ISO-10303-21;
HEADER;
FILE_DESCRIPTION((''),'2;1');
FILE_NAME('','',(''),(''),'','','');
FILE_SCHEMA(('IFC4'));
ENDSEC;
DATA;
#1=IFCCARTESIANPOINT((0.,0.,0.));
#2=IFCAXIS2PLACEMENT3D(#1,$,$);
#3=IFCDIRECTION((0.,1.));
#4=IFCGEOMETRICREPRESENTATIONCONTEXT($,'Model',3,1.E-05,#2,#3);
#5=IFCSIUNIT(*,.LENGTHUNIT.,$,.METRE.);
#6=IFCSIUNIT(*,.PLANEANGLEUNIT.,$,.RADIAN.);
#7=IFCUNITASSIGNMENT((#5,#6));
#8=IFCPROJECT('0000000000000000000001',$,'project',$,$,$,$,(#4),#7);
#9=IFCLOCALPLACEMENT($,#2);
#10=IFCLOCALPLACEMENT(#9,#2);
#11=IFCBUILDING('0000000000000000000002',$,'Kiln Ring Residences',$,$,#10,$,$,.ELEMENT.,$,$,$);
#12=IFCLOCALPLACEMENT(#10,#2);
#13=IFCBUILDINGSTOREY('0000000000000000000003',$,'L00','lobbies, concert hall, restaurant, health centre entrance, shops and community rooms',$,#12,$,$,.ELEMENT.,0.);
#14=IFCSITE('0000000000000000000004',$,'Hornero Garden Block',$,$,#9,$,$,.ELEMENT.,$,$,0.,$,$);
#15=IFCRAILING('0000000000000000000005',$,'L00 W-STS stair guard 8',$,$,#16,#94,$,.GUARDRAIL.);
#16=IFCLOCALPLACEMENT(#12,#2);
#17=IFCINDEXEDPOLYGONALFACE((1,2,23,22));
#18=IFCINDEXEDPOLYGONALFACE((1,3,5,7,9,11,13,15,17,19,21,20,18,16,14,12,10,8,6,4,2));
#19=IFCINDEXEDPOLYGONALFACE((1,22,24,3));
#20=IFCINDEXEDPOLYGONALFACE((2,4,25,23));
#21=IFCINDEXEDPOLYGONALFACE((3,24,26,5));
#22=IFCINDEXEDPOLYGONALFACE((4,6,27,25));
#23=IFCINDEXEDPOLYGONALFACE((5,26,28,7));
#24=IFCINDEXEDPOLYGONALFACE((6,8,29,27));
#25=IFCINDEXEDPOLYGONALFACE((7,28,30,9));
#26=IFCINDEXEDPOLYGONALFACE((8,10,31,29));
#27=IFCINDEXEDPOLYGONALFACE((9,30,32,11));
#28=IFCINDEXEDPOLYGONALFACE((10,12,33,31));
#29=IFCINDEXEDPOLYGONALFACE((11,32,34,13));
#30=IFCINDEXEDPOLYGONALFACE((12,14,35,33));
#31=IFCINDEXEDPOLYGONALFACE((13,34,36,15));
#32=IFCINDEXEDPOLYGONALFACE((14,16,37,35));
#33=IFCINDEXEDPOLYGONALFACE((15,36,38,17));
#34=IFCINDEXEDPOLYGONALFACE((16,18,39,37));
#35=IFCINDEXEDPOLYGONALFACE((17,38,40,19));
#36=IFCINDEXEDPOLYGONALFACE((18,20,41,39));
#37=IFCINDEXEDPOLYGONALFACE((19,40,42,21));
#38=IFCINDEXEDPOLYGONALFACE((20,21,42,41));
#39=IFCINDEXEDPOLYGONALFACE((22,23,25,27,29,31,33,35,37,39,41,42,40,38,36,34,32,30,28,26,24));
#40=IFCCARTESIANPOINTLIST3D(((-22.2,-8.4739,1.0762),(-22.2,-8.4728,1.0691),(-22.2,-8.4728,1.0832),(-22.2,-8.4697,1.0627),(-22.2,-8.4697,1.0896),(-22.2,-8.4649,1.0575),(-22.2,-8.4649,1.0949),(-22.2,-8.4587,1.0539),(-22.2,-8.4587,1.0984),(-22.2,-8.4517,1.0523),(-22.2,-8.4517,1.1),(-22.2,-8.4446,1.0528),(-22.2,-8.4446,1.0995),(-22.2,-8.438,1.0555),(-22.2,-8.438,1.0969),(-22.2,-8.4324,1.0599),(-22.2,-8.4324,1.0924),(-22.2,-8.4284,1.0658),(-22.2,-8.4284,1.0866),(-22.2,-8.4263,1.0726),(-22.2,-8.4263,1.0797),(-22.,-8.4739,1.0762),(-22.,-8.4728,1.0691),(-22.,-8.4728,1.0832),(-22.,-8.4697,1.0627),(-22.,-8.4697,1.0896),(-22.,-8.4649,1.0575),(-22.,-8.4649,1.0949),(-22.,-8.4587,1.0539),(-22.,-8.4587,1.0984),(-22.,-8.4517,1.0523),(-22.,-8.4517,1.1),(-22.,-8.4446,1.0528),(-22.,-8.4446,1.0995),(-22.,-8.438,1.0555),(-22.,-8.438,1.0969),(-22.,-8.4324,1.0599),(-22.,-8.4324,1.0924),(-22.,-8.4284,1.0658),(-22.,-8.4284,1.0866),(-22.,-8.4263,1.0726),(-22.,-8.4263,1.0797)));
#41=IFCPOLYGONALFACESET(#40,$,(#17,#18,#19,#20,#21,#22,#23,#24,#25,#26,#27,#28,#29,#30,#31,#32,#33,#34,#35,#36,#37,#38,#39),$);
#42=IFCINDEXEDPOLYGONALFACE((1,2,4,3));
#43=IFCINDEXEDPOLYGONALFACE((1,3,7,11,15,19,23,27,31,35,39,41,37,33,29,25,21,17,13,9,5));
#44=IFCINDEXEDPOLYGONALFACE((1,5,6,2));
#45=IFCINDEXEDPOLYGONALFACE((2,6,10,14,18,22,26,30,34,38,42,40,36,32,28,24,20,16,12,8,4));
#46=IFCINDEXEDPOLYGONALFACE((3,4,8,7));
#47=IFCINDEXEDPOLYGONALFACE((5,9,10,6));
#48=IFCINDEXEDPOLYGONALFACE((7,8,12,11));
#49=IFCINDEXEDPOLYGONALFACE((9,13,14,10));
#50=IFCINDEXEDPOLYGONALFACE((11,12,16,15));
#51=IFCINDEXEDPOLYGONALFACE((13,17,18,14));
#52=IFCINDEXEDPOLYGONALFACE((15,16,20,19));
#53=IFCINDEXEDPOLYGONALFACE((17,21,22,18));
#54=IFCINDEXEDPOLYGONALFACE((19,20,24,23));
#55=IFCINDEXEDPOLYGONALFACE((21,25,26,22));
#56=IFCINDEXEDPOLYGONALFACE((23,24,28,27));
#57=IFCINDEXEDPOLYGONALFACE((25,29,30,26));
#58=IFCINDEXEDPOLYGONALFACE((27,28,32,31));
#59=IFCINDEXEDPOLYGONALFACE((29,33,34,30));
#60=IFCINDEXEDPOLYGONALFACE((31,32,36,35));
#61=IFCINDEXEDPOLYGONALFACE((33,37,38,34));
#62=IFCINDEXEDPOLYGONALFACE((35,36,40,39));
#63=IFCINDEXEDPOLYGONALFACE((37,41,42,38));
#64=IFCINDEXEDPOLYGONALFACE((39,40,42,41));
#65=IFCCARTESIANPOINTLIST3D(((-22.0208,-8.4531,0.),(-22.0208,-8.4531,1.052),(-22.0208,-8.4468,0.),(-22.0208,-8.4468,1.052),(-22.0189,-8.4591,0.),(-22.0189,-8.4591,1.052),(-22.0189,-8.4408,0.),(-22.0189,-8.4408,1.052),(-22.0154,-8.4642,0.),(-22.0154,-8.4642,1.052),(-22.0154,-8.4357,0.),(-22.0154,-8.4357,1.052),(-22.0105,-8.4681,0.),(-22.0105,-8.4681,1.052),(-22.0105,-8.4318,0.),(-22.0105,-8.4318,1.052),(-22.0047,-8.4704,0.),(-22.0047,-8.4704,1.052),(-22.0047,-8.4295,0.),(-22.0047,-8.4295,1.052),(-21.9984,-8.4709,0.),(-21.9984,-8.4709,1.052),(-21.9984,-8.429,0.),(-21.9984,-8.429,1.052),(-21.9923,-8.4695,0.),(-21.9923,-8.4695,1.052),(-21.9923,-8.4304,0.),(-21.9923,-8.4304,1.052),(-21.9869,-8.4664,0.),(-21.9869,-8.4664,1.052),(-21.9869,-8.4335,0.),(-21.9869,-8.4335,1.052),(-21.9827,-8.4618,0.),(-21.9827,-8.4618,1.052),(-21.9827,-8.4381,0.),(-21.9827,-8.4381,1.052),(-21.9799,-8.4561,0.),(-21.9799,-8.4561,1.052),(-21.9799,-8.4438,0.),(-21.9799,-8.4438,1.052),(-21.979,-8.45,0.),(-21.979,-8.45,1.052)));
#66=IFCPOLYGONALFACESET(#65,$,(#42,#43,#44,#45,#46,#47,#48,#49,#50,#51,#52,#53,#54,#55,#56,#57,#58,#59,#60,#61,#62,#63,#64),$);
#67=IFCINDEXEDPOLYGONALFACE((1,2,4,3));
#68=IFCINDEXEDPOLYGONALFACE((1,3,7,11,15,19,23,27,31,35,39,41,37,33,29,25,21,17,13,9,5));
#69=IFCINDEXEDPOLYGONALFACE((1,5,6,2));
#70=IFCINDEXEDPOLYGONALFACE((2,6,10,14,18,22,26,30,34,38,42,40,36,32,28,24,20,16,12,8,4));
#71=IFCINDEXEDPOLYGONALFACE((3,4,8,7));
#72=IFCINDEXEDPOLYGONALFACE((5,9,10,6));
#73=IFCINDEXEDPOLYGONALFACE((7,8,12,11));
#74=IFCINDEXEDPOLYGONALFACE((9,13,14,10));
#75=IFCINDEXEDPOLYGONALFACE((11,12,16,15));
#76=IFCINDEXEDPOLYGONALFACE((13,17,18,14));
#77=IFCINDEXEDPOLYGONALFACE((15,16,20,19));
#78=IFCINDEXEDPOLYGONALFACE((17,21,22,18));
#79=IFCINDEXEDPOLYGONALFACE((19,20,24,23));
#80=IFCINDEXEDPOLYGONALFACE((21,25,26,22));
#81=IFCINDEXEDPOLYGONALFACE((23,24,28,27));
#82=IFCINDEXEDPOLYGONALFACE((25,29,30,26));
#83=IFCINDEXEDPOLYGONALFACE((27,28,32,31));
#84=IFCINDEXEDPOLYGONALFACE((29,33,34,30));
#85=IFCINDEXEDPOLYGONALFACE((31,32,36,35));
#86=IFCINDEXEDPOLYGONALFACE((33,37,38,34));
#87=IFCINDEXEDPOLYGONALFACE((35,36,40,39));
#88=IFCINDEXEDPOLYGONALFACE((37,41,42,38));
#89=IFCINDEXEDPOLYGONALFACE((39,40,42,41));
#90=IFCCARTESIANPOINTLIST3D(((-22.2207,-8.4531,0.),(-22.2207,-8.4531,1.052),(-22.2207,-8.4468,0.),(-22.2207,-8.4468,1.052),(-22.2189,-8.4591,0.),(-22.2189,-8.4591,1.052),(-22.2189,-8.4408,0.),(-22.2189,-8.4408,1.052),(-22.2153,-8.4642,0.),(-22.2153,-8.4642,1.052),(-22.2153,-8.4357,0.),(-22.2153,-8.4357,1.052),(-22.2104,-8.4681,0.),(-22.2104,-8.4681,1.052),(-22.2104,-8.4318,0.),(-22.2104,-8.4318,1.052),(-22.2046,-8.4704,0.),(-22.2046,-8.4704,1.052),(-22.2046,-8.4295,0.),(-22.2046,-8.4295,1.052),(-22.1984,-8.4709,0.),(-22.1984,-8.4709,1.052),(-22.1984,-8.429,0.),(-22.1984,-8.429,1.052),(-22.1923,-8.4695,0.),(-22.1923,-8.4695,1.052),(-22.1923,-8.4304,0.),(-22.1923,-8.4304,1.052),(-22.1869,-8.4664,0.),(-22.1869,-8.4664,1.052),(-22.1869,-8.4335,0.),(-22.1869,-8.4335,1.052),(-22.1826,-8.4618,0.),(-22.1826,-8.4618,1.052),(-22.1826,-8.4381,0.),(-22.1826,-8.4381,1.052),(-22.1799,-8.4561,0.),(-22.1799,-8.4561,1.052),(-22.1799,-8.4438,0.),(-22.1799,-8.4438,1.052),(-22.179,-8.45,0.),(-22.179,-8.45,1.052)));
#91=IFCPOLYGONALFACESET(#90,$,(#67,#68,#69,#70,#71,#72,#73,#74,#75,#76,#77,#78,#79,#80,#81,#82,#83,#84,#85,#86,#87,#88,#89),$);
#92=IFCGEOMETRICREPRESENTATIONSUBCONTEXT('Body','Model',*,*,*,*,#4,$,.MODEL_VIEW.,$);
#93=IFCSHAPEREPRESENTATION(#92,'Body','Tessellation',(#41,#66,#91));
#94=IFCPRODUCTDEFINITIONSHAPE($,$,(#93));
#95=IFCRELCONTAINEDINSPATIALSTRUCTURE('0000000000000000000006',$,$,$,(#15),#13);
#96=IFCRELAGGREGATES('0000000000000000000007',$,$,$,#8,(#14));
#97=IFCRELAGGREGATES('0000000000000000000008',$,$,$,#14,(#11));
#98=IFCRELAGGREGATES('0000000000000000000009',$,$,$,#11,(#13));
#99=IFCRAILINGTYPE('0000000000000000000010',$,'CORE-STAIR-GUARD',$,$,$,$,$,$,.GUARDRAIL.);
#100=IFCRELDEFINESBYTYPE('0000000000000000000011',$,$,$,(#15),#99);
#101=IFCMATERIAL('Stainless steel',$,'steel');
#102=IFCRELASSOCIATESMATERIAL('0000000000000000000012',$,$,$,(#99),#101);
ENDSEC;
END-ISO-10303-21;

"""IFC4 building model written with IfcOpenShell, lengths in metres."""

from ifc_helpers import new_model, si_unit, direction, frame, origin, origin_2d, place, context, subcontext, project, spatial, circle, extrude, material, type_object, element, save


model = new_model("IFC4")

# Units and contexts
model_context = context("Model", 3, precision=1e-05, world=origin(), true_north=direction((0.0, 1.0)))
body_context = subcontext(model_context, "Body", "Model", "MODEL_VIEW")
ifc_project = project(units=[si_unit("LENGTHUNIT", "METRE"), si_unit("PLANEANGLEUNIT", "RADIAN")], contexts=[model_context])

# Site, building, storey
site_placement = place(None, origin())
site = spatial("IfcSite", under=ifc_project, at=site_placement, Name="Hornero Garden Block", CompositionType="ELEMENT", RefElevation=0.0)
building_placement = place(site_placement, origin())
building = spatial("IfcBuilding", under=site, at=building_placement, Name="Kiln Ring Residences", CompositionType="ELEMENT")
storey_placement = place(building_placement, origin())
storey = spatial("IfcBuildingStorey", under=building, at=storey_placement, Name="L00", Description="lobbies, concert hall, restaurant, health centre entrance, shops and community rooms", CompositionType="ELEMENT", Elevation=0.0)

# Railing
ifc_material_1 = material(Name="Stainless steel", Category="steel")
railing_type_1 = type_object("IfcRailingType", Name="CORE-STAIR-GUARD", PredefinedType="GUARDRAIL", material=ifc_material_1)
railing_1_placement = place(storey_placement, frame((-22.0, -8.45, 0.0)))
element("IfcRailing", 1, at=railing_1_placement, inside=storey, type_object=railing_type_1, Name="L00 W-STS stair guard 8", PredefinedType="GUARDRAIL", context=body_context, shape_type="SweptSolid", body=[
    extrude(circle(Radius=0.0239, at=origin_2d()), frame((0.0, 0.0, 1.0762), z_axis=(-1.0, 0.0, 0.0), x_axis=(0.0, -1.0, 0.0)), (0.0, 0.0, 1.0), 0.2),
    extrude(circle(Radius=0.021, at=origin_2d()), origin(), (0.0, 0.0, 1.0), 1.052),
    extrude(circle(Radius=0.021, at=origin_2d()), frame((-0.2, 0.0, 0.0)), (0.0, 0.0, 1.0), 1.052),
])

save(model, "model.ifc")
